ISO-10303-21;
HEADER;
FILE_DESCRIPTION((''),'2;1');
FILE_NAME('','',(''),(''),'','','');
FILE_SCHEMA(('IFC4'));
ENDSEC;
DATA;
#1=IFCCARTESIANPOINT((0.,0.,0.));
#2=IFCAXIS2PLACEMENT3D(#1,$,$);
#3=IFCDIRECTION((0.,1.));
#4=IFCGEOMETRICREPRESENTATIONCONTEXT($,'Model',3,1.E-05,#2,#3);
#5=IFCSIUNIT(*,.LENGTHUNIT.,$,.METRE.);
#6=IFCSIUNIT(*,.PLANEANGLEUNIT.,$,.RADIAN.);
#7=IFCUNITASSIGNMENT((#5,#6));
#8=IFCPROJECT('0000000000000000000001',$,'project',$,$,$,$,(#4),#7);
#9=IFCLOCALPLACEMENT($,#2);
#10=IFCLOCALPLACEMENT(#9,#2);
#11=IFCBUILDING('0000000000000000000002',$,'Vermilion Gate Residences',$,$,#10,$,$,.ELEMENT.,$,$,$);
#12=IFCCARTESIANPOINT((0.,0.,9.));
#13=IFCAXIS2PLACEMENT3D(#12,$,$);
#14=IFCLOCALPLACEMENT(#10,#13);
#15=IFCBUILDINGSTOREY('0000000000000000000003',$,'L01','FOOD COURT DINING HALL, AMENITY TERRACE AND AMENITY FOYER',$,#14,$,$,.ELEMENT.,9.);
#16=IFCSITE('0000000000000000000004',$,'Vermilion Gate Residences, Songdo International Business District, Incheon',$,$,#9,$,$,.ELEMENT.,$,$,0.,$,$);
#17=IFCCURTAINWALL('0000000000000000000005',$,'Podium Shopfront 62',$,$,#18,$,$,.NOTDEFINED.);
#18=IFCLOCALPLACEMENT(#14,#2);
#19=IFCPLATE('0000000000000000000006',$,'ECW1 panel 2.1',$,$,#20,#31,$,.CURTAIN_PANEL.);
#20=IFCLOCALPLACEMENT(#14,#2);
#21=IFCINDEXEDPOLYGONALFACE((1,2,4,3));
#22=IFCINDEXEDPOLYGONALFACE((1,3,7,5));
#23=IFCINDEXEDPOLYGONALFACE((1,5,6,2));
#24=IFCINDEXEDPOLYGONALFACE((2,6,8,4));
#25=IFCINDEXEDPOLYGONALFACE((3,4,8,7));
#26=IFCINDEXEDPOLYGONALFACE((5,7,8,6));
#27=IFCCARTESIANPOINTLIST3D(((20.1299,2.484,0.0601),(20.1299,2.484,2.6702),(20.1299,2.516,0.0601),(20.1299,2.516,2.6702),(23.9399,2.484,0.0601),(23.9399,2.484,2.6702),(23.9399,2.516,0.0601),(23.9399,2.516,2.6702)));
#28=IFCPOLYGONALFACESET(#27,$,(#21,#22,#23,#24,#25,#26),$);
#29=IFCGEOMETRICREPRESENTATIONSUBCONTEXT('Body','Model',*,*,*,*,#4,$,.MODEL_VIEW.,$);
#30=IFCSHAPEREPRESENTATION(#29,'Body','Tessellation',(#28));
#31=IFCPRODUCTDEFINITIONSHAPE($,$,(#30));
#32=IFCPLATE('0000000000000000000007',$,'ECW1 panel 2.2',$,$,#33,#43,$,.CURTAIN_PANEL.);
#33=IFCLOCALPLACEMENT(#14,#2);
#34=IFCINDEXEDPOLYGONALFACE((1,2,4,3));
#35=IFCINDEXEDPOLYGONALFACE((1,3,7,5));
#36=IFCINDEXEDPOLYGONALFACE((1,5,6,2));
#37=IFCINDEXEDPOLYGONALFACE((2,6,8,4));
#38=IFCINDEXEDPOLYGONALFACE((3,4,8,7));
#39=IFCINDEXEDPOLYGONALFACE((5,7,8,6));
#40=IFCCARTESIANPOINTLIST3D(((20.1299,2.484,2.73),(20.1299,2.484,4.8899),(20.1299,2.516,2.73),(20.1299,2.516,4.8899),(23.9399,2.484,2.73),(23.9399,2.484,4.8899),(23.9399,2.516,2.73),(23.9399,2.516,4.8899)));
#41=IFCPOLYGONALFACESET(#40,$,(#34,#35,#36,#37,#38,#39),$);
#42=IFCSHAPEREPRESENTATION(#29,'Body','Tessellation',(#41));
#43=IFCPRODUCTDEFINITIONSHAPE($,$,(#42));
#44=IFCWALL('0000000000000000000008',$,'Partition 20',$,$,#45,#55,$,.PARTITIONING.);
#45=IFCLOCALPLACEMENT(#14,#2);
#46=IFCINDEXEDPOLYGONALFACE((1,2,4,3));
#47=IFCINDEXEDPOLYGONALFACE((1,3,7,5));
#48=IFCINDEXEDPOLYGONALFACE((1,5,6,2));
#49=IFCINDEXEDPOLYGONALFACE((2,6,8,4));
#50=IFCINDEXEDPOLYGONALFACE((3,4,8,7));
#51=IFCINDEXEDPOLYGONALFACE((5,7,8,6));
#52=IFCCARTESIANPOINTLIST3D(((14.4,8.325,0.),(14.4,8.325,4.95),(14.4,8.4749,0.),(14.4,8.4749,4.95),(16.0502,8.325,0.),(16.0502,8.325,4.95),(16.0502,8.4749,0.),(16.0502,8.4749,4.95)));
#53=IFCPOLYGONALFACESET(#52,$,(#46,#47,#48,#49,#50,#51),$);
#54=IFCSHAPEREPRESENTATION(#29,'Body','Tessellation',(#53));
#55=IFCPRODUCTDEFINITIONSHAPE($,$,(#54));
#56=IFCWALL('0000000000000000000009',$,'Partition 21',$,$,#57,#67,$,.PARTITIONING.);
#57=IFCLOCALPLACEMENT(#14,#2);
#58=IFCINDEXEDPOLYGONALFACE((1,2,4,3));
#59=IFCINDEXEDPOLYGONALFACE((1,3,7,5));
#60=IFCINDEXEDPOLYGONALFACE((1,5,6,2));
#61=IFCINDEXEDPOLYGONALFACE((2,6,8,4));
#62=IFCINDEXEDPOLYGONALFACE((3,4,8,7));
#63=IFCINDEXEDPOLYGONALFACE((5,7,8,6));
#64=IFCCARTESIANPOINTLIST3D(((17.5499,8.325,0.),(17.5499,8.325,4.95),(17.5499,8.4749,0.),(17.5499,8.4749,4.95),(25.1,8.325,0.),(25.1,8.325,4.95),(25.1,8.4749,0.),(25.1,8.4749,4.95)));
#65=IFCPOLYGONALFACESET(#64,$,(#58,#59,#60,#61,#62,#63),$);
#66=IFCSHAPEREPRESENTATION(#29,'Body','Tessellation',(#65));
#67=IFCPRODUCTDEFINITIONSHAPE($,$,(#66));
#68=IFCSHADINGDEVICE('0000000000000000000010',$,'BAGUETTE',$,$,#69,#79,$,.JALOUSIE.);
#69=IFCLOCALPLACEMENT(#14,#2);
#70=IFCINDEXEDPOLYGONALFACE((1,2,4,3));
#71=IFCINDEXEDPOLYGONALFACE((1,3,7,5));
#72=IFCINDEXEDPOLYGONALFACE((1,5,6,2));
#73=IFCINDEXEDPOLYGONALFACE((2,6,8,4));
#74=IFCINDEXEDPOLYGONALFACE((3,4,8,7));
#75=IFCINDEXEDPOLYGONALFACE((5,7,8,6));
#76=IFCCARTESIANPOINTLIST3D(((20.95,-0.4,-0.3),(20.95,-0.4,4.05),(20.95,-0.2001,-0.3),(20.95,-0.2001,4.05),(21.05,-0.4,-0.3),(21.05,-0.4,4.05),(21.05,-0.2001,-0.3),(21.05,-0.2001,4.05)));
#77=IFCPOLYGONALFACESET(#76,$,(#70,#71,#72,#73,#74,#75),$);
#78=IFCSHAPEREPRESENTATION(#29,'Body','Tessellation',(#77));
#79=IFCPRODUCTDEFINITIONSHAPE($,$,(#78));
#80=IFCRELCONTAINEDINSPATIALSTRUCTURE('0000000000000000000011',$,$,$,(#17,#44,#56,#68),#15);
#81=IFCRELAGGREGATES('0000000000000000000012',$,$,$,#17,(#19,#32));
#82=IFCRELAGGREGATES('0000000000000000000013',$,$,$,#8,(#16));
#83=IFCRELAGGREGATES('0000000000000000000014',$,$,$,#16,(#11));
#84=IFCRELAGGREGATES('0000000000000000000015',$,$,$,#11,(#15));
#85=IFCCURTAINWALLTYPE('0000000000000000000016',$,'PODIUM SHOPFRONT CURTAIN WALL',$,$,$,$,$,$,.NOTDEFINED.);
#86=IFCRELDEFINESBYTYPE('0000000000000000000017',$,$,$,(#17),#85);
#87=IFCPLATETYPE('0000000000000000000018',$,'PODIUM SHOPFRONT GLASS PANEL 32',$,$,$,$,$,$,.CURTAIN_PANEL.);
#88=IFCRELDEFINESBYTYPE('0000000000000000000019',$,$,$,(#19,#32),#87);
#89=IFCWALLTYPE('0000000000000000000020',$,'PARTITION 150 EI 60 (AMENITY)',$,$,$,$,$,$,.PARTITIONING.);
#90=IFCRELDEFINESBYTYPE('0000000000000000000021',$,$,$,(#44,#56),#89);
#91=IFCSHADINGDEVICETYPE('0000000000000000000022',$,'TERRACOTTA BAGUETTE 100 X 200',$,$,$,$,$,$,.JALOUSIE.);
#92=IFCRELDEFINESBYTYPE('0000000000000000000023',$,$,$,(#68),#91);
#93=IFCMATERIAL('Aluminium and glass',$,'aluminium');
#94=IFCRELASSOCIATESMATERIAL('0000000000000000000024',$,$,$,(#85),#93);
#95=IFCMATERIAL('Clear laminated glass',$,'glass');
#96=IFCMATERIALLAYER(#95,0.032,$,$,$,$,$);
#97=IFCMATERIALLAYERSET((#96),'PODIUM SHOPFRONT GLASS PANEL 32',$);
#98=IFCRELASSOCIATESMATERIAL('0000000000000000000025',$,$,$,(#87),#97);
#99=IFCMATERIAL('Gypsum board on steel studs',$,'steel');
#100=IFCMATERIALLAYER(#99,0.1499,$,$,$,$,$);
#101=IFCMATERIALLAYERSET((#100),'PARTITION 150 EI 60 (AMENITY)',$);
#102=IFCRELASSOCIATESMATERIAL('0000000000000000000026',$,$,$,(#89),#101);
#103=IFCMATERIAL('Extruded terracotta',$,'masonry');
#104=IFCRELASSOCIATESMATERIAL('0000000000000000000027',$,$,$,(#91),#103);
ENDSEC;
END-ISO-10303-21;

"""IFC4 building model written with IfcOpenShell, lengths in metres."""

from ifc_helpers import new_model, si_unit, direction, frame, frame_2d, origin, origin_2d, place, context, subcontext, project, spatial, rectangle, extrude, material, layer, layer_set, material_profile, profile_set, type_object, element, aggregate, save


model = new_model("IFC4")

# Units and contexts
model_context = context("Model", 3, precision=1e-05, world=origin(), true_north=direction((0.0, 1.0)))
body_context = subcontext(model_context, "Body", "Model", "MODEL_VIEW")
ifc_project = project(units=[si_unit("LENGTHUNIT", "METRE"), si_unit("PLANEANGLEUNIT", "RADIAN")], contexts=[model_context])

# Site, building, storey
site_placement = place(None, origin())
site = spatial("IfcSite", under=ifc_project, at=site_placement, Name="Vermilion Gate Residences, Songdo International Business District, Incheon", CompositionType="ELEMENT", RefElevation=0.0)
building_placement = place(site_placement, origin())
building = spatial("IfcBuilding", under=site, at=building_placement, Name="Vermilion Gate Residences", CompositionType="ELEMENT")
storey_placement = place(building_placement, frame((0.0, 0.0, 9.0)))
storey = spatial("IfcBuildingStorey", under=building, at=storey_placement, Name="L01", Description="FOOD COURT DINING HALL, AMENITY TERRACE AND AMENITY FOYER", CompositionType="ELEMENT", Elevation=9.0)

# Shared definitions
ifc_material_1 = material(Name="Aluminium and glass", Category="aluminium")
curtain_wall_type = type_object("IfcCurtainWallType", Name="PODIUM SHOPFRONT CURTAIN WALL", PredefinedType="NOTDEFINED", material=ifc_material_1)

# Curtain wall
curtain_wall_1_placement = place(storey_placement, origin())
curtain_wall_1 = element("IfcCurtainWall", 1, at=curtain_wall_1_placement, inside=storey, type_object=curtain_wall_type, Name="Podium Shopfront 62", PredefinedType="NOTDEFINED")

# Plates
ifc_material_2 = material(Name="Clear laminated glass", Category="glass")
ifc_layer_1 = layer(ifc_material_2, 0.032)
ifc_layer_set_1 = layer_set([ifc_layer_1], Name="PODIUM SHOPFRONT GLASS PANEL 32")
plate_type = type_object("IfcPlateType", Name="PODIUM SHOPFRONT GLASS PANEL 32", PredefinedType="CURTAIN_PANEL", material=ifc_layer_set_1)
plate_1_placement = place(storey_placement, frame((22.0349, 2.5, 0.0601), z_axis=(0.0, 0.0, 1.0), x_axis=(1.0, 0.0, 0.0)))
plate_1 = element("IfcPlate", 2, at=plate_1_placement, type_object=plate_type, Name="ECW1 panel 2.1", PredefinedType="CURTAIN_PANEL", context=body_context, shape_type="SweptSolid", body=[
    extrude(rectangle(XDim=3.8101, YDim=0.032, at=origin_2d()), origin(), (0.0, 0.0, 1.0), 2.6101),
])
plate_2_placement = place(storey_placement, frame((22.0349, 2.5, 2.73), z_axis=(0.0, 0.0, 1.0), x_axis=(1.0, 0.0, 0.0)))
plate_2 = element("IfcPlate", 3, at=plate_2_placement, type_object=plate_type, Name="ECW1 panel 2.2", PredefinedType="CURTAIN_PANEL", context=body_context, shape_type="SweptSolid", body=[
    extrude(rectangle(XDim=3.8101, YDim=0.032, at=origin_2d()), origin(), (0.0, 0.0, 1.0), 2.1599),
])
aggregate(curtain_wall_1, [plate_1, plate_2])

# Walls
ifc_material_3 = material(Name="Gypsum board on steel studs", Category="steel")
ifc_layer_2 = layer(ifc_material_3, 0.1499)
ifc_layer_set_2 = layer_set([ifc_layer_2], Name="PARTITION 150 EI 60 (AMENITY)")
wall_type_1 = type_object("IfcWallType", Name="PARTITION 150 EI 60 (AMENITY)", PredefinedType="PARTITIONING", material=ifc_layer_set_2)
wall_1_placement = place(storey_placement, frame((14.3999, 8.3999, 0.0), z_axis=(0.0, 0.0, 1.0), x_axis=(1.0, 0.0, 0.0)))
element("IfcWall", 4, at=wall_1_placement, inside=storey, type_object=wall_type_1, Name="Partition 20", PredefinedType="PARTITIONING", context=body_context, shape_type="SweptSolid", body=[
    extrude(rectangle(XDim=1.6501, YDim=0.1499, at=frame_2d((0.8252, 0.0))), origin(), (0.0, 0.0, 1.0), 4.95),
])
wall_2_placement = place(storey_placement, frame((17.55, 8.3999, 0.0), z_axis=(0.0, 0.0, 1.0), x_axis=(1.0, 0.0, 0.0)))
element("IfcWall", 5, at=wall_2_placement, inside=storey, type_object=wall_type_1, Name="Partition 21", PredefinedType="PARTITIONING", context=body_context, shape_type="SweptSolid", body=[
    extrude(rectangle(XDim=7.55, YDim=0.1499, at=frame_2d((3.7749, 0.0))), origin(), (0.0, 0.0, 1.0), 4.95),
])

# Shading device
ifc_material_4 = material(Name="Extruded terracotta", Category="masonry")
ifc_material_profile_1 = material_profile(ifc_material_4, rectangle(XDim=0.2, YDim=0.1001, at=origin_2d()), Name="BAGUETTE 100 X 200")
ifc_profile_set_1 = profile_set([ifc_material_profile_1], Name="Extruded terracotta")
shading_device_type = type_object("IfcShadingDeviceType", Name="TERRACOTTA BAGUETTE 100 X 200", PredefinedType="JALOUSIE", material=ifc_profile_set_1)
shading_device_placement = place(storey_placement, frame((21.0, -0.3, -0.3), z_axis=(0.0, 0.0, 1.0), x_axis=(0.0, 1.0, 0.0)))
element("IfcShadingDevice", 6, at=shading_device_placement, inside=storey, type_object=shading_device_type, Name="BAGUETTE", PredefinedType="JALOUSIE", context=body_context, shape_type="SweptSolid", body=[
    extrude(rectangle(XDim=0.2, YDim=0.1001, at=origin_2d()), origin(), (0.0, 0.0, 1.0), 4.3501),
])

save(model, "model.ifc")
